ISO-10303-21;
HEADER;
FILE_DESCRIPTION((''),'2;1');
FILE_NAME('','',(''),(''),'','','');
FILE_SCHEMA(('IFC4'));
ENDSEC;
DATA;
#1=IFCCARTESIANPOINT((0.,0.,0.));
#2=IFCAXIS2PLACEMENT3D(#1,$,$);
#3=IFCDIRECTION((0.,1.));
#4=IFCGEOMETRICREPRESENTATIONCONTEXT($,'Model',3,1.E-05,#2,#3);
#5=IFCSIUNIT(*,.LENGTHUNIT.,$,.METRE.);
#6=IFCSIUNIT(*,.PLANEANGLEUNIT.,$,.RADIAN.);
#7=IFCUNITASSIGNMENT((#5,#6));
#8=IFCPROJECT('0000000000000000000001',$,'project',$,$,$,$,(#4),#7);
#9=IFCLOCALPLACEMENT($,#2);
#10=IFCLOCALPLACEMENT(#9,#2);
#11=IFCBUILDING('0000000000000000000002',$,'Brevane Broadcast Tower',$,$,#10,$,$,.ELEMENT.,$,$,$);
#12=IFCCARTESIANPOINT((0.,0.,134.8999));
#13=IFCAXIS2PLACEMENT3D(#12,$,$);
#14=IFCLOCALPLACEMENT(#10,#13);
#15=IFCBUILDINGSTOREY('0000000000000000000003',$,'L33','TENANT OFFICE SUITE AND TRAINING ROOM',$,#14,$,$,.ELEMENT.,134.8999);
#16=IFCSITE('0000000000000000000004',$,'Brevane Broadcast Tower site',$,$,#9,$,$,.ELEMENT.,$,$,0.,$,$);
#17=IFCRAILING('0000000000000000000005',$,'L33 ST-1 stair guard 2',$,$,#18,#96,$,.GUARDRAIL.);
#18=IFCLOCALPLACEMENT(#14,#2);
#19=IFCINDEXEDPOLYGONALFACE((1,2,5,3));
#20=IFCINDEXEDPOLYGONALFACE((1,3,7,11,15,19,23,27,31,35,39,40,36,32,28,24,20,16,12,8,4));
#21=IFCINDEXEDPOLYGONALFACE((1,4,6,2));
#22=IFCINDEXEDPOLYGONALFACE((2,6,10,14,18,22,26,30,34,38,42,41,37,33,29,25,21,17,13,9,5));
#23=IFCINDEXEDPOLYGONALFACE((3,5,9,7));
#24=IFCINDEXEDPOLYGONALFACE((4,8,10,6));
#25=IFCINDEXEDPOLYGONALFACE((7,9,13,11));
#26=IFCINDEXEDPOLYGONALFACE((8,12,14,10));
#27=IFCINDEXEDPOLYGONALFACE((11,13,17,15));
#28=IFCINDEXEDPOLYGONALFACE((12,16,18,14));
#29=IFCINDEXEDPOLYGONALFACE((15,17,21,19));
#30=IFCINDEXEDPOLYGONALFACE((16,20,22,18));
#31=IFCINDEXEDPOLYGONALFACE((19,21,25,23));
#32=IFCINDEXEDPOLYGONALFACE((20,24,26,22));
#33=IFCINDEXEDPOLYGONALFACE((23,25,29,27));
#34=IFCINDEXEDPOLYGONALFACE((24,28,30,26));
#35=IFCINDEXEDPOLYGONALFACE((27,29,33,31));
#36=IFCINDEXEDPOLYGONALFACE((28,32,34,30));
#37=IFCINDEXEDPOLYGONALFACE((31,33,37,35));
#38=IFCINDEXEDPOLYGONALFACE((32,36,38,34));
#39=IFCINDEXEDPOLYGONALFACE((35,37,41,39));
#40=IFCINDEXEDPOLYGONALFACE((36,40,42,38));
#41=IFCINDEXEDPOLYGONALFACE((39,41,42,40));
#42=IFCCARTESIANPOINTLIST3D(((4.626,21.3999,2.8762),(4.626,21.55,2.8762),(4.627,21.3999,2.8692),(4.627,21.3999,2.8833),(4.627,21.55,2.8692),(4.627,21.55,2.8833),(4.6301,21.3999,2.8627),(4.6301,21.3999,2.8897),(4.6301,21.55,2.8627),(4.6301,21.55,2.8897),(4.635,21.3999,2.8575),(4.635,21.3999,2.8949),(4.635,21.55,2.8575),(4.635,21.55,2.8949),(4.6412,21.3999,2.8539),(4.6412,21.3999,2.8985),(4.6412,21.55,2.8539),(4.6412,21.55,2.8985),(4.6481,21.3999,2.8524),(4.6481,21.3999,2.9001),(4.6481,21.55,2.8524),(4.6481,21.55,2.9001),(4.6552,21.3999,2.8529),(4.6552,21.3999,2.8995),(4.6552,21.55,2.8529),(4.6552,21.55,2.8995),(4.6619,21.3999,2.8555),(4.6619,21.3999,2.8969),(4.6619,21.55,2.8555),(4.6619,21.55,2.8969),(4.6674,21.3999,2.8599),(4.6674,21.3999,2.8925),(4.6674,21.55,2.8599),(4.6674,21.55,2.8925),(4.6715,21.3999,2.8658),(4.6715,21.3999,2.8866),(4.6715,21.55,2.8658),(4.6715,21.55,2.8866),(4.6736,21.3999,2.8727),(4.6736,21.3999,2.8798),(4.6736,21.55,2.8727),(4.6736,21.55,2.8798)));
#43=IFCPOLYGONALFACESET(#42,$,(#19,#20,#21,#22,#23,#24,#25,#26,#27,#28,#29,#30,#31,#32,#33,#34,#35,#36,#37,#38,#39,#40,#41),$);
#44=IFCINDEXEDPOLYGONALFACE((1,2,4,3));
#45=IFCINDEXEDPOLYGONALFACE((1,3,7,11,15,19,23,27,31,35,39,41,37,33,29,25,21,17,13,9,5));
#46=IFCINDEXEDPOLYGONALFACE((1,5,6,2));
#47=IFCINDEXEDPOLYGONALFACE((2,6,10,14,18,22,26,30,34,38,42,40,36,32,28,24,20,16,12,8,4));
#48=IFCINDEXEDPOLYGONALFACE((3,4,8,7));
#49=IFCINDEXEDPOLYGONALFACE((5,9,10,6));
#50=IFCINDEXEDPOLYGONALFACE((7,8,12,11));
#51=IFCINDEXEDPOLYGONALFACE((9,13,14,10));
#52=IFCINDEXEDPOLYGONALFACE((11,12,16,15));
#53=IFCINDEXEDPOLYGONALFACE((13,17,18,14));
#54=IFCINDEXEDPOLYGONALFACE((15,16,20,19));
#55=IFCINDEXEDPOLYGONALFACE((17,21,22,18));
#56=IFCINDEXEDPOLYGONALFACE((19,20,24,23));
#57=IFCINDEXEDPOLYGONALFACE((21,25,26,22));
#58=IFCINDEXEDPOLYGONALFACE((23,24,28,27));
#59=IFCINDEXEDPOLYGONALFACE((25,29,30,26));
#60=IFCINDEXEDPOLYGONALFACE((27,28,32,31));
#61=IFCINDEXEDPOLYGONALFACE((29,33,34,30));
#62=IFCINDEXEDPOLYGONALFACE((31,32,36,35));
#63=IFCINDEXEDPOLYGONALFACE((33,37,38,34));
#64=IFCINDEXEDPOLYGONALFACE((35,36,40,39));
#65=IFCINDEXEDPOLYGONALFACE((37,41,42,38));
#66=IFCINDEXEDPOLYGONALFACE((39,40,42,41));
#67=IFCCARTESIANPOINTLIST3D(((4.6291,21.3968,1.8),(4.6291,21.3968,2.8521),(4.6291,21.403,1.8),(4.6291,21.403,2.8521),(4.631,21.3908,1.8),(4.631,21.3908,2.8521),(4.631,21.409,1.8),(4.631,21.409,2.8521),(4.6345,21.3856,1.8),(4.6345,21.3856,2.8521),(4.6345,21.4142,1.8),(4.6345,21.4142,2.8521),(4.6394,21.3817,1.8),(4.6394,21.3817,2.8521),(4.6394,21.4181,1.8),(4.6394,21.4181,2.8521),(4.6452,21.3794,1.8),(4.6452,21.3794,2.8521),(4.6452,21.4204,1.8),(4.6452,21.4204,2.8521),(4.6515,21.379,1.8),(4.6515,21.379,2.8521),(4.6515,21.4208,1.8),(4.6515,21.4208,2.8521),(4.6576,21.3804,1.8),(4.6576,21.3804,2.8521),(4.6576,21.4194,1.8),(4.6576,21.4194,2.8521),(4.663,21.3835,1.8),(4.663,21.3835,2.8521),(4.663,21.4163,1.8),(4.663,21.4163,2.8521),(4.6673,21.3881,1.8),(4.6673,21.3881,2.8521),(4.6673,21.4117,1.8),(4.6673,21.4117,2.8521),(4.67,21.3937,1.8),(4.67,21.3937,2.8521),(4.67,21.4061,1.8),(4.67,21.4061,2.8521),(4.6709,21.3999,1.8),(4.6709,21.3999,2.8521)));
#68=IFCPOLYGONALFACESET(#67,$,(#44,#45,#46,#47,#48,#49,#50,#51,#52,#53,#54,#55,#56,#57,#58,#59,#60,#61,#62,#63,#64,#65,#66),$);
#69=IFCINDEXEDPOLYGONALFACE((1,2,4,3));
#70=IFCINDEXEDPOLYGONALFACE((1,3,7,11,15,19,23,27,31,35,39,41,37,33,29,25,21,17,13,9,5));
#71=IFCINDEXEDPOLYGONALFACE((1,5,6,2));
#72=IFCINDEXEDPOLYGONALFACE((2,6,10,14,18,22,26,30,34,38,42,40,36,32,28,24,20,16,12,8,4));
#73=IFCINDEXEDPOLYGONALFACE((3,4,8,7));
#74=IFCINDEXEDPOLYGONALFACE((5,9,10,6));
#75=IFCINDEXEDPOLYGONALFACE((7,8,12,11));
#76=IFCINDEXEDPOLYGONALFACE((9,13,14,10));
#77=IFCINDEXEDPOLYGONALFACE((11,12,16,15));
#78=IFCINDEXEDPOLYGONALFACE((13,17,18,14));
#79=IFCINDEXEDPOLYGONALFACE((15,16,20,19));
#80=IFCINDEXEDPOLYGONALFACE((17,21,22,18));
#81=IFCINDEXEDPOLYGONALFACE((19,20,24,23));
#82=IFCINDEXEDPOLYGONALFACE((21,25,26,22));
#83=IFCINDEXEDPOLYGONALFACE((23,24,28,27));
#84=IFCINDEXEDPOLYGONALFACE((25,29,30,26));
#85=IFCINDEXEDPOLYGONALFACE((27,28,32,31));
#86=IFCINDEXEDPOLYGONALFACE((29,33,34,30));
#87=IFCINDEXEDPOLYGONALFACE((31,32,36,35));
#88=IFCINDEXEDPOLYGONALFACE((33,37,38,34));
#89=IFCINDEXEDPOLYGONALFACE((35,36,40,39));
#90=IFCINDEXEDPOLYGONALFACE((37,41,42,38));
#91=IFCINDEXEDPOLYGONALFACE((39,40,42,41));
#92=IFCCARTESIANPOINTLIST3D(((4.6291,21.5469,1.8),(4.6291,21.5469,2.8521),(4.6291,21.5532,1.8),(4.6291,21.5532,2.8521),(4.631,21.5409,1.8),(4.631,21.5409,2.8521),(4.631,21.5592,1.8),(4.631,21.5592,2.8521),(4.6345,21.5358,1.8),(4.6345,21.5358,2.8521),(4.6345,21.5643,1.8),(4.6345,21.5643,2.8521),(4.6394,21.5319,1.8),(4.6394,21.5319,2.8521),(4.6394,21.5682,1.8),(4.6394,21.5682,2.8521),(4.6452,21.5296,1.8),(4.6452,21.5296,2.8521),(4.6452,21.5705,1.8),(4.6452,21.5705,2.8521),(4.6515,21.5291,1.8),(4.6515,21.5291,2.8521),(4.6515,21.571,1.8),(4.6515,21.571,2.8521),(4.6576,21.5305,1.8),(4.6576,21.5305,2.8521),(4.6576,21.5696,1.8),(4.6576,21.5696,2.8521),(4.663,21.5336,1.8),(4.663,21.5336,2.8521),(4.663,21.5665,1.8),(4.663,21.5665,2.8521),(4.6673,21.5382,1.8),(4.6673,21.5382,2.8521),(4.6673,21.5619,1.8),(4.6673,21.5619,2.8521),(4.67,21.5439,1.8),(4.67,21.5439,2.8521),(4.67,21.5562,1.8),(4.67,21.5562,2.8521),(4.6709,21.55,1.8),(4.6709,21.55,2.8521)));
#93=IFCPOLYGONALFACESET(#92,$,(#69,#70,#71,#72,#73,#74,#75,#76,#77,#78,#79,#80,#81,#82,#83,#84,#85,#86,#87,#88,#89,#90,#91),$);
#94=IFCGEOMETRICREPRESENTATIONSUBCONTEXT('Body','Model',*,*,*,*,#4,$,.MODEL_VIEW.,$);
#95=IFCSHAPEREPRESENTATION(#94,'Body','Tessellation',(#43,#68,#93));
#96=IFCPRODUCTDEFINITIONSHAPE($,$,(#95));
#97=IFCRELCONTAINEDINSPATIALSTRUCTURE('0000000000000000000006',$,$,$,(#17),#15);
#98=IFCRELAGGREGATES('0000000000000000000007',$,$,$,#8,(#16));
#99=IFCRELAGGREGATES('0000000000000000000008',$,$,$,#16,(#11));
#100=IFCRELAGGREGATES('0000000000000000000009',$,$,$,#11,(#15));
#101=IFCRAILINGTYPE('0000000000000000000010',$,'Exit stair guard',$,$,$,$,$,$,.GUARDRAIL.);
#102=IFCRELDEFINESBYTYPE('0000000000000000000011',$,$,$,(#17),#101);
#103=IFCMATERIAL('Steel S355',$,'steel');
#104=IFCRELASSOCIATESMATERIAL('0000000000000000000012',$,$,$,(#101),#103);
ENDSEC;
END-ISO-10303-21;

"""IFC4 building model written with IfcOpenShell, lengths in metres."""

from ifc_helpers import new_model, si_unit, direction, frame, origin, origin_2d, place, context, subcontext, project, spatial, circle, extrude, material, type_object, element, save


model = new_model("IFC4")

# Units and contexts
model_context = context("Model", 3, precision=1e-05, world=origin(), true_north=direction((0.0, 1.0)))
body_context = subcontext(model_context, "Body", "Model", "MODEL_VIEW")
ifc_project = project(units=[si_unit("LENGTHUNIT", "METRE"), si_unit("PLANEANGLEUNIT", "RADIAN")], contexts=[model_context])

# Site, building, storey
site_placement = place(None, origin())
site = spatial("IfcSite", under=ifc_project, at=site_placement, Name="Brevane Broadcast Tower site", CompositionType="ELEMENT", RefElevation=0.0)
building_placement = place(site_placement, origin())
building = spatial("IfcBuilding", under=site, at=building_placement, Name="Brevane Broadcast Tower", CompositionType="ELEMENT")
storey_placement = place(building_placement, frame((0.0, 0.0, 134.8999)))
storey = spatial("IfcBuildingStorey", under=building, at=storey_placement, Name="L33", Description="TENANT OFFICE SUITE AND TRAINING ROOM", CompositionType="ELEMENT", Elevation=134.8999)

# Railing
ifc_material_1 = material(Name="Steel S355", Category="steel")
railing_type_1 = type_object("IfcRailingType", Name="Exit stair guard", PredefinedType="GUARDRAIL", material=ifc_material_1)
railing_1_placement = place(storey_placement, frame((4.6499, 21.3999, 1.8)))
element("IfcRailing", 1, at=railing_1_placement, inside=storey, type_object=railing_type_1, Name="L33 ST-1 stair guard 2", PredefinedType="GUARDRAIL", context=body_context, shape_type="SweptSolid", body=[
    extrude(circle(Radius=0.0239, at=origin_2d()), frame((0.0, 0.0, 1.0762), z_axis=(0.0, 1.0, 0.0), x_axis=(-1.0, 0.0, 0.0)), (0.0, 0.0, 1.0), 0.1501),
    extrude(circle(Radius=0.021, at=origin_2d()), origin(), (0.0, 0.0, 1.0), 1.052),
    extrude(circle(Radius=0.021, at=origin_2d()), frame((0.0, 0.1501, 0.0)), (0.0, 0.0, 1.0), 1.052),
])

save(model, "model.ifc")
